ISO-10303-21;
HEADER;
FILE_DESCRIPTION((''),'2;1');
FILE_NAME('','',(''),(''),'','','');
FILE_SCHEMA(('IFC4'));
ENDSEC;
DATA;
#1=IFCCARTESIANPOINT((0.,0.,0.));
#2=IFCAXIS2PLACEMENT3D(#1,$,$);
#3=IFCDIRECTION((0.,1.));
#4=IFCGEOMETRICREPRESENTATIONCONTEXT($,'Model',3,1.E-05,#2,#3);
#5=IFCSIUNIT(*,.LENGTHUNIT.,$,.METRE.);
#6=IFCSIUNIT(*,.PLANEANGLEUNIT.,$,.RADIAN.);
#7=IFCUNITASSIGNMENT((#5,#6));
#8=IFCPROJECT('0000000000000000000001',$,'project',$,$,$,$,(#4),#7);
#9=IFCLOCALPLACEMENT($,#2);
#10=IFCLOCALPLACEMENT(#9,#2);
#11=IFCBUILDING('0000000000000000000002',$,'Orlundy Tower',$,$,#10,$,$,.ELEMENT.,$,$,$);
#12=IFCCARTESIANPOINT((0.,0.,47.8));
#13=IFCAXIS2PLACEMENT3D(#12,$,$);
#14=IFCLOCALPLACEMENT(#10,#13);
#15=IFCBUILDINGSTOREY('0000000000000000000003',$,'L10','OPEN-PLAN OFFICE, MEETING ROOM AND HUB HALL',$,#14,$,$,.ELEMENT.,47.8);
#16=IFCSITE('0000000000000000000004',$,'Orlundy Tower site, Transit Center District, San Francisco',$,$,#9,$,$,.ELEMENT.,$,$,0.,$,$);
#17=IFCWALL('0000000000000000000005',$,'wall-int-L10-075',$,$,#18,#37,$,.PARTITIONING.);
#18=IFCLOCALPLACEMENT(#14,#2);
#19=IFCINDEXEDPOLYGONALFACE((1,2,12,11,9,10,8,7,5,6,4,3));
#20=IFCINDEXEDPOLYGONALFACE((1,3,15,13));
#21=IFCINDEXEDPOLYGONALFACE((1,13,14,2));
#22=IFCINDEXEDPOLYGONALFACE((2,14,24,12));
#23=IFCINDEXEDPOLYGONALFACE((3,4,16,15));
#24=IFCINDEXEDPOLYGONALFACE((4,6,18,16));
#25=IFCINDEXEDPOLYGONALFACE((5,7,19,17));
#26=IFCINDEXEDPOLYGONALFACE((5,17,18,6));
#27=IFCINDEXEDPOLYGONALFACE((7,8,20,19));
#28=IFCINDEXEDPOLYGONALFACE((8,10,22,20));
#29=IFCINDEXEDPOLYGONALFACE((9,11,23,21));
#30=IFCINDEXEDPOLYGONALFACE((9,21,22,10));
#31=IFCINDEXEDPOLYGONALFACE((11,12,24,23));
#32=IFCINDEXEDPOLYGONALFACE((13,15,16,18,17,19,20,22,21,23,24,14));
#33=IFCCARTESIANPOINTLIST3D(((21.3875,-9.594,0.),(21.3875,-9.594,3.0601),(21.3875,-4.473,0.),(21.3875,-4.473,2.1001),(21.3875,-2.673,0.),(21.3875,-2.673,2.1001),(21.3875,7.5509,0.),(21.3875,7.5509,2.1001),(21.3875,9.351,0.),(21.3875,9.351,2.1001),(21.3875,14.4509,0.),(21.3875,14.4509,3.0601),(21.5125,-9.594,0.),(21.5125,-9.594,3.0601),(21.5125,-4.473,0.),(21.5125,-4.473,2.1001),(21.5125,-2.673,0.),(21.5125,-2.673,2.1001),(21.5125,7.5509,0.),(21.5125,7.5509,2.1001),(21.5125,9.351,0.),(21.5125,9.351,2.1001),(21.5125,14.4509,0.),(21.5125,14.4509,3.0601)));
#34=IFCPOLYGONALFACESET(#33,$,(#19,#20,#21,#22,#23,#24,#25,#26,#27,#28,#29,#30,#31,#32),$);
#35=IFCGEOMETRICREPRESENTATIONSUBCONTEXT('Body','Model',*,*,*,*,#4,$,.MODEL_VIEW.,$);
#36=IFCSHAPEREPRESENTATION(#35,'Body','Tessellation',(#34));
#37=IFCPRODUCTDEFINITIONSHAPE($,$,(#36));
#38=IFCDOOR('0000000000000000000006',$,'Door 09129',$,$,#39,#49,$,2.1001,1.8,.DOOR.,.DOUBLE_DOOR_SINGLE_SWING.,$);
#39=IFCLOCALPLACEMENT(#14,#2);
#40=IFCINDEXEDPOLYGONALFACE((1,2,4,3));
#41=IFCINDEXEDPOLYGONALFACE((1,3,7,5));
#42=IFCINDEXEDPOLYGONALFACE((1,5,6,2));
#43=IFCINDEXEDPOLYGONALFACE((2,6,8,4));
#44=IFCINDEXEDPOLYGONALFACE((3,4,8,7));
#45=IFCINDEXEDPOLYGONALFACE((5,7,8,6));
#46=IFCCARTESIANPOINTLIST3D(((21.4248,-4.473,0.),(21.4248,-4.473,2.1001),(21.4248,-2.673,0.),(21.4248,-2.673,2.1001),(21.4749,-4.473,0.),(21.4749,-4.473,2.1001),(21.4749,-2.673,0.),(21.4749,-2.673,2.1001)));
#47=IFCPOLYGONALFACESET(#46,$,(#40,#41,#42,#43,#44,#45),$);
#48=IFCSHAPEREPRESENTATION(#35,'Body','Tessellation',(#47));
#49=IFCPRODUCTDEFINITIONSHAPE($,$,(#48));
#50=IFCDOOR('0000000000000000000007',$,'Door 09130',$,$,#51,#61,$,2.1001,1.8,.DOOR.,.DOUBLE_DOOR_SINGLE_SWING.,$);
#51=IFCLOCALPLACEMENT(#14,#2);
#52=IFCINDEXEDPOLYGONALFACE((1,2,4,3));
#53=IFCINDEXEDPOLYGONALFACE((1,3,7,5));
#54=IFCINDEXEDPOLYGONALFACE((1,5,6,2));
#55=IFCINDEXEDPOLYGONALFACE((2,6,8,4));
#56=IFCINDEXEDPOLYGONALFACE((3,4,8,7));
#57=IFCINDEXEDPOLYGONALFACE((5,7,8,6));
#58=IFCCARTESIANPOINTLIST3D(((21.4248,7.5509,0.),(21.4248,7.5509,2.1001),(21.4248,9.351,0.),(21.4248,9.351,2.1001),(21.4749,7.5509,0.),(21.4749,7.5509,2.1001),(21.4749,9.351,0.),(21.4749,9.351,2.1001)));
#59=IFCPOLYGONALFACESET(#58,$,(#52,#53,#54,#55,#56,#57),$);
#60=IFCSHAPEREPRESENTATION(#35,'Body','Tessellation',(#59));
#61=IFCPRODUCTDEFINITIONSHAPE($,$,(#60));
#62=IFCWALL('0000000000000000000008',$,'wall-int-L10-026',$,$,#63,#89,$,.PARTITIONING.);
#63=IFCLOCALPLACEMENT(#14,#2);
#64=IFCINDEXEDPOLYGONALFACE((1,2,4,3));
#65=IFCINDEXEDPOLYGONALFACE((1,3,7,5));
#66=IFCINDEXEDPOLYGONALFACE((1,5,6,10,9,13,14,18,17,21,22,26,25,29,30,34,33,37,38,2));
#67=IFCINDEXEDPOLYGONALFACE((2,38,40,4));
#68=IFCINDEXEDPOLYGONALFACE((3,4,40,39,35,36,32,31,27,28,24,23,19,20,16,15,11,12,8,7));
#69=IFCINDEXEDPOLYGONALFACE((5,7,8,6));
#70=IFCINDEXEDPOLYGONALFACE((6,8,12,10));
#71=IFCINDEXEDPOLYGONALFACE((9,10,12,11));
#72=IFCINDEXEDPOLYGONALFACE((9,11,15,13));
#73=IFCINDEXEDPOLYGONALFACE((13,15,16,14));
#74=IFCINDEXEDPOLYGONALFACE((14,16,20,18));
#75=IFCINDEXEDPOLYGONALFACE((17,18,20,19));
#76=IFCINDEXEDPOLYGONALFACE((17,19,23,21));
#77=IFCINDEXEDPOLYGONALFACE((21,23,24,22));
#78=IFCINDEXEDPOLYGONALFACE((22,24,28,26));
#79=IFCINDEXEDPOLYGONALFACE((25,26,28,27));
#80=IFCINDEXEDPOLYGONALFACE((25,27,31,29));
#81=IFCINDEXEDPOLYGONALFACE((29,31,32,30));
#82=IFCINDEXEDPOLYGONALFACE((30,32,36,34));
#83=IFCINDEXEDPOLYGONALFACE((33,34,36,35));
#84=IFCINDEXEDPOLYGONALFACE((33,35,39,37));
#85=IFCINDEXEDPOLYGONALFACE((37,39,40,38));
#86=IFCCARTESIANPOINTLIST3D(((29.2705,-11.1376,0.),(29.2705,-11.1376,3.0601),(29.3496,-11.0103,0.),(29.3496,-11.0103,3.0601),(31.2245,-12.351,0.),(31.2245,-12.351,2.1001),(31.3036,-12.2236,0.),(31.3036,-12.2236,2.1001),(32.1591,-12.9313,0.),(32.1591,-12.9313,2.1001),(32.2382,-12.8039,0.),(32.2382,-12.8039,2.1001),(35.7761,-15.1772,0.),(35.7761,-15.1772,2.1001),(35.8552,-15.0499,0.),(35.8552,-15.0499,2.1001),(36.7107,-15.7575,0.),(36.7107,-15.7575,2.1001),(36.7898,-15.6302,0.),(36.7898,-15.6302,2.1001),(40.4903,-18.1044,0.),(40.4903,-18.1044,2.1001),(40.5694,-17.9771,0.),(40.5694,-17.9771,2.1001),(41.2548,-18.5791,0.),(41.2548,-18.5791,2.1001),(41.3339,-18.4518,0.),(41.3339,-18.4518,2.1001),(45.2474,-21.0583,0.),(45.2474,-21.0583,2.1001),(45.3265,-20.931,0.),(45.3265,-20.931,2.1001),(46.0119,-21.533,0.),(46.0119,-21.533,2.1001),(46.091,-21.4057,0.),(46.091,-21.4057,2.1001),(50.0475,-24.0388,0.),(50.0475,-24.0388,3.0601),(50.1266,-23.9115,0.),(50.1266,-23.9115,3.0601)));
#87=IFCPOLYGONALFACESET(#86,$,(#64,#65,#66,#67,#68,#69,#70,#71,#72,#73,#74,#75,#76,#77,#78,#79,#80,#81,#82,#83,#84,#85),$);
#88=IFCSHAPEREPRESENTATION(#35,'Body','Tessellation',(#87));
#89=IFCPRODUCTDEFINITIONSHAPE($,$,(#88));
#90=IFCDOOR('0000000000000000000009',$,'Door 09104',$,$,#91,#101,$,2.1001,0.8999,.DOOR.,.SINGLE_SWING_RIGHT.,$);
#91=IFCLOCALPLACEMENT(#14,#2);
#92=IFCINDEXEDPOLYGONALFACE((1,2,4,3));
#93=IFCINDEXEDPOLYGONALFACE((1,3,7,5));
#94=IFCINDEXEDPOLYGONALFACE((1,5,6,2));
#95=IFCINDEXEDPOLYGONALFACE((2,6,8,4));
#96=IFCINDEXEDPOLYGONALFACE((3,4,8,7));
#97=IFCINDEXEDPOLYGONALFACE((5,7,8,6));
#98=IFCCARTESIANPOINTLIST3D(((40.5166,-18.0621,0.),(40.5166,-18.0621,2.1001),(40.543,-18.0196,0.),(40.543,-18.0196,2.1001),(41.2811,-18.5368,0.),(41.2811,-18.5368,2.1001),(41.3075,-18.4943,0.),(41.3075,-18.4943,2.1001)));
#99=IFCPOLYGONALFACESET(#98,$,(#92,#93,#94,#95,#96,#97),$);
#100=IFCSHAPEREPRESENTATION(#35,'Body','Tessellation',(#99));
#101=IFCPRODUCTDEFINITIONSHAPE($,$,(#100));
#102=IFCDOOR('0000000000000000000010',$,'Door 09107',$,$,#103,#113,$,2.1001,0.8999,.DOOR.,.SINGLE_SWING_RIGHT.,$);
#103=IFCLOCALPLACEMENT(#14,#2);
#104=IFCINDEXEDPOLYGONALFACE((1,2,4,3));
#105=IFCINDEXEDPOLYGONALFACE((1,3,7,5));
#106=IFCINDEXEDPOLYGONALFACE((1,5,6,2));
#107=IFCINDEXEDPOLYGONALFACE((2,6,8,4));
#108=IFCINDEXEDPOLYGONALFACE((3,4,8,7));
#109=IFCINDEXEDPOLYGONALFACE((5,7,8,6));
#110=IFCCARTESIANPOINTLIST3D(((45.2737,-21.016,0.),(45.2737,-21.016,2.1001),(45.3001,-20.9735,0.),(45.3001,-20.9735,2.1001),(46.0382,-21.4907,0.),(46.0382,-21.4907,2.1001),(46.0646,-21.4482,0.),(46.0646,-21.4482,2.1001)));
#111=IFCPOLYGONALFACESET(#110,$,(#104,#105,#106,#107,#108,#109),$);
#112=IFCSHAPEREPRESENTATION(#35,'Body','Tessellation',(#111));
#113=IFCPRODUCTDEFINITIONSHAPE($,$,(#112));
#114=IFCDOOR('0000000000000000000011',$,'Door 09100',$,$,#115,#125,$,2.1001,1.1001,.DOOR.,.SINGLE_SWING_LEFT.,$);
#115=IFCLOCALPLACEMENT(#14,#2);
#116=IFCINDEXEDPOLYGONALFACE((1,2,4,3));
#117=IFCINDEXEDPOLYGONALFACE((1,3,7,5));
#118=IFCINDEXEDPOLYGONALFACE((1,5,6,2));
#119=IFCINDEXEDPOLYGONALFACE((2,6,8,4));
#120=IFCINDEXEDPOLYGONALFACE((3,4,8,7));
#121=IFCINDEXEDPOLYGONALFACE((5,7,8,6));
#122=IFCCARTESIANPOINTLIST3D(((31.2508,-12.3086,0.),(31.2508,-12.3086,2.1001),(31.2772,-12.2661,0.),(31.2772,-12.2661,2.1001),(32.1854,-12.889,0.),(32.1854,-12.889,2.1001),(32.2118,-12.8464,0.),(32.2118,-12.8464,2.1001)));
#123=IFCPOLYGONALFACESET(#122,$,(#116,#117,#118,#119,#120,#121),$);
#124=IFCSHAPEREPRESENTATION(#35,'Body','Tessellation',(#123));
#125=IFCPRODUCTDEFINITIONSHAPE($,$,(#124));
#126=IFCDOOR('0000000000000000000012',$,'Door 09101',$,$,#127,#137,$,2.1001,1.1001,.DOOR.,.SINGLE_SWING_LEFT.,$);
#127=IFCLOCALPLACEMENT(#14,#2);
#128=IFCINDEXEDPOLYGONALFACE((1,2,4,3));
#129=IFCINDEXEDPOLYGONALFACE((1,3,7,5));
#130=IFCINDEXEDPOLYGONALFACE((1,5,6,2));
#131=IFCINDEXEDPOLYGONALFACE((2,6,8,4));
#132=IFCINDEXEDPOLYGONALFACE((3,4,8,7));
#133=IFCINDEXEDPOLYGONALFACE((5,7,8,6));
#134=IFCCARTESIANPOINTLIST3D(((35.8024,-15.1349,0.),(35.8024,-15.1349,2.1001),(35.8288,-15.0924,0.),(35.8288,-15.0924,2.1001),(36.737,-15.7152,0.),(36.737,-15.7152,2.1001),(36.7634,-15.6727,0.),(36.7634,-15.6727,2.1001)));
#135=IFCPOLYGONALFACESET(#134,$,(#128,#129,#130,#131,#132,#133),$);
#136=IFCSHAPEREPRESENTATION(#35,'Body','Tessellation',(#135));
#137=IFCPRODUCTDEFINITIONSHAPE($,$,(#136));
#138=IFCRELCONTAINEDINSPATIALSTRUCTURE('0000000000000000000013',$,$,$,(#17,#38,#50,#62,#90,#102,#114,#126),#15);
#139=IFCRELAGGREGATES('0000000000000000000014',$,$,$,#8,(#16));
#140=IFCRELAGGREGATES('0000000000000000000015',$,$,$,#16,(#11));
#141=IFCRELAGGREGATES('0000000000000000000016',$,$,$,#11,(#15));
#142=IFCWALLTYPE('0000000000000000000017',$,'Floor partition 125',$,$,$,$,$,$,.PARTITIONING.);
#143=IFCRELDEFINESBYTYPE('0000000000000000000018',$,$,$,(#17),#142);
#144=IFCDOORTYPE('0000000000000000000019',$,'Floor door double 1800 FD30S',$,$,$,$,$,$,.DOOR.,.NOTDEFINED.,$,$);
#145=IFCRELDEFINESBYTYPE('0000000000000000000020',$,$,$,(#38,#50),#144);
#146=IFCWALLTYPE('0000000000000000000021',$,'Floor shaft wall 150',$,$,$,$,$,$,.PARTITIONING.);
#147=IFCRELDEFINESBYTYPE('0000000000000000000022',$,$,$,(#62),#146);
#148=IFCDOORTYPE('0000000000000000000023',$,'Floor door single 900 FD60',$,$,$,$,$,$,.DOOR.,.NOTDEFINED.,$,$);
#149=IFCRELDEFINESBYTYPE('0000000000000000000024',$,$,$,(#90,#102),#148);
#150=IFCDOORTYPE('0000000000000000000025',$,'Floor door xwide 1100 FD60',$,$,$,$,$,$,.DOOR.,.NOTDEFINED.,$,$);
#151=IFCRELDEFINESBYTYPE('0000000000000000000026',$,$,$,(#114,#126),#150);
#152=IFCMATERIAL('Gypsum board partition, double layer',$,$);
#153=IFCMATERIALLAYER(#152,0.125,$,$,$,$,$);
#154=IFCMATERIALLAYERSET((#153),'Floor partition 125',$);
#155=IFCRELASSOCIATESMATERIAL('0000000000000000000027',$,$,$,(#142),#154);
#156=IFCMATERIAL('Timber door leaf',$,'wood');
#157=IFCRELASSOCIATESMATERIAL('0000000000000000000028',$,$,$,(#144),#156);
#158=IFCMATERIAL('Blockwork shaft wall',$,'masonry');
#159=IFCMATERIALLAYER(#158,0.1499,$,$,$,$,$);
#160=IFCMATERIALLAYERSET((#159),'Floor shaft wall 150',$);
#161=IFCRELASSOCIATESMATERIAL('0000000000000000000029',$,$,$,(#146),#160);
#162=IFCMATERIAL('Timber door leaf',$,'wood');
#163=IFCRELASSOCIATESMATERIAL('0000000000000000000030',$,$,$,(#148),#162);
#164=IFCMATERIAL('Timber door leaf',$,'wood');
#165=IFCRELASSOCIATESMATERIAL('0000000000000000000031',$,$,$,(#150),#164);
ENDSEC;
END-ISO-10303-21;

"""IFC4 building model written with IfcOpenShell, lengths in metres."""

from ifc_helpers import new_model, si_unit, direction, frame, frame_2d, origin, place, context, subcontext, project, spatial, rectangle, extrude, material, layer, layer_set, type_object, element, fill, save


model = new_model("IFC4")

# Units and contexts
model_context = context("Model", 3, precision=1e-05, world=origin(), true_north=direction((0.0, 1.0)))
body_context = subcontext(model_context, "Body", "Model", "MODEL_VIEW")
ifc_project = project(units=[si_unit("LENGTHUNIT", "METRE"), si_unit("PLANEANGLEUNIT", "RADIAN")], contexts=[model_context])

# Site, building, storey
site_placement = place(None, origin())
site = spatial("IfcSite", under=ifc_project, at=site_placement, Name="Orlundy Tower site, Transit Center District, San Francisco", CompositionType="ELEMENT", RefElevation=0.0)
building_placement = place(site_placement, origin())
building = spatial("IfcBuilding", under=site, at=building_placement, Name="Orlundy Tower", CompositionType="ELEMENT")
storey_placement = place(building_placement, frame((0.0, 0.0, 47.8)))
storey = spatial("IfcBuildingStorey", under=building, at=storey_placement, Name="L10", Description="OPEN-PLAN OFFICE, MEETING ROOM AND HUB HALL", CompositionType="ELEMENT", Elevation=47.8)

# Shared definitions
ifc_material_1 = material(Name="Gypsum board partition, double layer")
ifc_layer_1 = layer(ifc_material_1, 0.125)
ifc_layer_set_1 = layer_set([ifc_layer_1], Name="Floor partition 125")
wall_type_1 = type_object("IfcWallType", Name="Floor partition 125", PredefinedType="PARTITIONING", material=ifc_layer_set_1)

# Walls, openings, doors
wall_1_placement = place(storey_placement, frame((21.45, 14.4509, 0.0), z_axis=(0.0, 0.0, 1.0), x_axis=(0.0, -1.0, 0.0)))
wall_1 = element("IfcWall", 1, at=wall_1_placement, inside=storey, type_object=wall_type_1, Name="wall-int-L10-075", PredefinedType="PARTITIONING", context=body_context, shape_type="SweptSolid", body=[
    extrude(rectangle(XDim=24.0449, YDim=0.125, at=frame_2d((12.0225, 0.0))), origin(), (0.0, 0.0, 1.0), 3.0601),
])
opening_1_placement = place(wall_1_placement, frame((17.124, 0.0, 0.0)))
opening_1 = element("IfcOpeningElement", 2, at=opening_1_placement, cuts=wall_1, PredefinedType="OPENING", context=body_context, shape_type="SweptSolid", body=[
    extrude(rectangle(XDim=1.8, YDim=2.1001, at=frame_2d((0.8999, 1.05))), frame((0.0, 0.0725, 0.0), z_axis=(0.0, -1.0, 0.0), x_axis=(1.0, 0.0, 0.0)), (0.0, 0.0, 1.0), 0.145),
])
opening_2_placement = place(wall_1_placement, frame((5.1001, 0.0, 0.0)))
opening_2 = element("IfcOpeningElement", 3, at=opening_2_placement, cuts=wall_1, PredefinedType="OPENING", context=body_context, shape_type="SweptSolid", body=[
    extrude(rectangle(XDim=1.8, YDim=2.1001, at=frame_2d((0.8999, 1.05))), frame((0.0, 0.0725, 0.0), z_axis=(0.0, -1.0, 0.0), x_axis=(1.0, 0.0, 0.0)), (0.0, 0.0, 1.0), 0.145),
])
ifc_material_2 = material(Name="Timber door leaf", Category="wood")
door_type_1 = type_object("IfcDoorType", Name="Floor door double 1800 FD30S", OperationType="NOTDEFINED", PredefinedType="DOOR", material=ifc_material_2)
door_1_placement = place(opening_1_placement, origin())
door_1 = element("IfcDoor", 4, at=door_1_placement, inside=storey, type_object=door_type_1, Name="Door 09129", OperationType="DOUBLE_DOOR_SINGLE_SWING", OverallHeight=2.1001, OverallWidth=1.8, PredefinedType="DOOR", context=body_context, shape_type="SweptSolid", body=[
    extrude(rectangle(XDim=1.8, YDim=2.1001, at=frame_2d((0.8999, 1.05))), frame((0.0, 0.0249, 0.0), z_axis=(0.0, -1.0, 0.0), x_axis=(1.0, 0.0, 0.0)), (0.0, 0.0, 1.0), 0.05),
])
fill(opening_1, door_1)
door_2_placement = place(opening_2_placement, origin())
door_2 = element("IfcDoor", 5, at=door_2_placement, inside=storey, type_object=door_type_1, Name="Door 09130", OperationType="DOUBLE_DOOR_SINGLE_SWING", OverallHeight=2.1001, OverallWidth=1.8, PredefinedType="DOOR", context=body_context, shape_type="SweptSolid", body=[
    extrude(rectangle(XDim=1.8, YDim=2.1001, at=frame_2d((0.8999, 1.05))), frame((0.0, 0.0249, 0.0), z_axis=(0.0, -1.0, 0.0), x_axis=(1.0, 0.0, 0.0)), (0.0, 0.0, 1.0), 0.05),
])
fill(opening_2, door_2)
ifc_material_3 = material(Name="Blockwork shaft wall", Category="masonry")
ifc_layer_2 = layer(ifc_material_3, 0.1499)
ifc_layer_set_2 = layer_set([ifc_layer_2], Name="Floor shaft wall 150")
wall_type_2 = type_object("IfcWallType", Name="Floor shaft wall 150", PredefinedType="PARTITIONING", material=ifc_layer_set_2)
wall_2_placement = place(storey_placement, frame((29.3101, -11.074, 0.0), z_axis=(0.0, 0.0, 1.0), x_axis=(0.849546, -0.527515, 0.0)))
wall_2 = element("IfcWall", 6, at=wall_2_placement, inside=storey, type_object=wall_type_2, Name="wall-int-L10-026", PredefinedType="PARTITIONING", context=body_context, shape_type="SweptSolid", body=[
    extrude(rectangle(XDim=24.4565, YDim=0.1499, at=frame_2d((12.2283, 0.0))), origin(), (0.0, 0.0, 1.0), 3.0601),
])
opening_3_placement = place(wall_2_placement, frame((2.3, 0.0, 0.0)))
opening_3 = element("IfcOpeningElement", 7, at=opening_3_placement, cuts=wall_2, PredefinedType="OPENING", context=body_context, shape_type="SweptSolid", body=[
    extrude(rectangle(XDim=1.1001, YDim=2.1001, at=frame_2d((0.55, 1.05))), frame((0.0, 0.085, 0.0), z_axis=(0.0, -1.0, 0.0), x_axis=(1.0, 0.0, 0.0)), (0.0, 0.0, 1.0), 0.1699),
])
opening_4_placement = place(wall_2_placement, frame((7.6577, 0.0, 0.0)))
opening_4 = element("IfcOpeningElement", 8, at=opening_4_placement, cuts=wall_2, PredefinedType="OPENING", context=body_context, shape_type="SweptSolid", body=[
    extrude(rectangle(XDim=1.1001, YDim=2.1001, at=frame_2d((0.55, 1.05))), frame((0.0, 0.085, 0.0), z_axis=(0.0, -1.0, 0.0), x_axis=(1.0, 0.0, 0.0)), (0.0, 0.0, 1.0), 0.1699),
])
opening_5_placement = place(wall_2_placement, frame((13.2068, 0.0, 0.0)))
opening_5 = element("IfcOpeningElement", 9, at=opening_5_placement, cuts=wall_2, PredefinedType="OPENING", context=body_context, shape_type="SweptSolid", body=[
    extrude(rectangle(XDim=0.8999, YDim=2.1001, at=frame_2d((0.45, 1.05))), frame((0.0, 0.085, 0.0), z_axis=(0.0, -1.0, 0.0), x_axis=(1.0, 0.0, 0.0)), (0.0, 0.0, 1.0), 0.1699),
])
opening_6_placement = place(wall_2_placement, frame((18.8064, 0.0, 0.0)))
opening_6 = element("IfcOpeningElement", 10, at=opening_6_placement, cuts=wall_2, PredefinedType="OPENING", context=body_context, shape_type="SweptSolid", body=[
    extrude(rectangle(XDim=0.8999, YDim=2.1001, at=frame_2d((0.45, 1.05))), frame((0.0, 0.085, 0.0), z_axis=(0.0, -1.0, 0.0), x_axis=(1.0, 0.0, 0.0)), (0.0, 0.0, 1.0), 0.1699),
])
ifc_material_4 = material(Name="Timber door leaf", Category="wood")
door_type_2 = type_object("IfcDoorType", Name="Floor door single 900 FD60", OperationType="NOTDEFINED", PredefinedType="DOOR", material=ifc_material_4)
door_3_placement = place(opening_5_placement, origin())
door_3 = element("IfcDoor", 11, at=door_3_placement, inside=storey, type_object=door_type_2, Name="Door 09104", OperationType="SINGLE_SWING_RIGHT", OverallHeight=2.1001, OverallWidth=0.8999, PredefinedType="DOOR", context=body_context, shape_type="SweptSolid", body=[
    extrude(rectangle(XDim=0.8999, YDim=2.1001, at=frame_2d((0.45, 1.05))), frame((0.0, 0.0249, 0.0), z_axis=(0.0, -1.0, 0.0), x_axis=(1.0, 0.0, 0.0)), (0.0, 0.0, 1.0), 0.05),
])
fill(opening_5, door_3)
door_4_placement = place(opening_6_placement, origin())
door_4 = element("IfcDoor", 12, at=door_4_placement, inside=storey, type_object=door_type_2, Name="Door 09107", OperationType="SINGLE_SWING_RIGHT", OverallHeight=2.1001, OverallWidth=0.8999, PredefinedType="DOOR", context=body_context, shape_type="SweptSolid", body=[
    extrude(rectangle(XDim=0.8999, YDim=2.1001, at=frame_2d((0.45, 1.05))), frame((0.0, 0.0249, 0.0), z_axis=(0.0, -1.0, 0.0), x_axis=(1.0, 0.0, 0.0)), (0.0, 0.0, 1.0), 0.05),
])
fill(opening_6, door_4)
ifc_material_5 = material(Name="Timber door leaf", Category="wood")
door_type_3 = type_object("IfcDoorType", Name="Floor door xwide 1100 FD60", OperationType="NOTDEFINED", PredefinedType="DOOR", material=ifc_material_5)
door_5_placement = place(opening_3_placement, origin())
door_5 = element("IfcDoor", 13, at=door_5_placement, inside=storey, type_object=door_type_3, Name="Door 09100", OperationType="SINGLE_SWING_LEFT", OverallHeight=2.1001, OverallWidth=1.1001, PredefinedType="DOOR", context=body_context, shape_type="SweptSolid", body=[
    extrude(rectangle(XDim=1.1001, YDim=2.1001, at=frame_2d((0.55, 1.05))), frame((0.0, 0.0249, 0.0), z_axis=(0.0, -1.0, 0.0), x_axis=(1.0, 0.0, 0.0)), (0.0, 0.0, 1.0), 0.05),
])
fill(opening_3, door_5)
door_6_placement = place(opening_4_placement, origin())
door_6 = element("IfcDoor", 14, at=door_6_placement, inside=storey, type_object=door_type_3, Name="Door 09101", OperationType="SINGLE_SWING_LEFT", OverallHeight=2.1001, OverallWidth=1.1001, PredefinedType="DOOR", context=body_context, shape_type="SweptSolid", body=[
    extrude(rectangle(XDim=1.1001, YDim=2.1001, at=frame_2d((0.55, 1.05))), frame((0.0, 0.0249, 0.0), z_axis=(0.0, -1.0, 0.0), x_axis=(1.0, 0.0, 0.0)), (0.0, 0.0, 1.0), 0.05),
])
fill(opening_4, door_6)

save(model, "model.ifc")
